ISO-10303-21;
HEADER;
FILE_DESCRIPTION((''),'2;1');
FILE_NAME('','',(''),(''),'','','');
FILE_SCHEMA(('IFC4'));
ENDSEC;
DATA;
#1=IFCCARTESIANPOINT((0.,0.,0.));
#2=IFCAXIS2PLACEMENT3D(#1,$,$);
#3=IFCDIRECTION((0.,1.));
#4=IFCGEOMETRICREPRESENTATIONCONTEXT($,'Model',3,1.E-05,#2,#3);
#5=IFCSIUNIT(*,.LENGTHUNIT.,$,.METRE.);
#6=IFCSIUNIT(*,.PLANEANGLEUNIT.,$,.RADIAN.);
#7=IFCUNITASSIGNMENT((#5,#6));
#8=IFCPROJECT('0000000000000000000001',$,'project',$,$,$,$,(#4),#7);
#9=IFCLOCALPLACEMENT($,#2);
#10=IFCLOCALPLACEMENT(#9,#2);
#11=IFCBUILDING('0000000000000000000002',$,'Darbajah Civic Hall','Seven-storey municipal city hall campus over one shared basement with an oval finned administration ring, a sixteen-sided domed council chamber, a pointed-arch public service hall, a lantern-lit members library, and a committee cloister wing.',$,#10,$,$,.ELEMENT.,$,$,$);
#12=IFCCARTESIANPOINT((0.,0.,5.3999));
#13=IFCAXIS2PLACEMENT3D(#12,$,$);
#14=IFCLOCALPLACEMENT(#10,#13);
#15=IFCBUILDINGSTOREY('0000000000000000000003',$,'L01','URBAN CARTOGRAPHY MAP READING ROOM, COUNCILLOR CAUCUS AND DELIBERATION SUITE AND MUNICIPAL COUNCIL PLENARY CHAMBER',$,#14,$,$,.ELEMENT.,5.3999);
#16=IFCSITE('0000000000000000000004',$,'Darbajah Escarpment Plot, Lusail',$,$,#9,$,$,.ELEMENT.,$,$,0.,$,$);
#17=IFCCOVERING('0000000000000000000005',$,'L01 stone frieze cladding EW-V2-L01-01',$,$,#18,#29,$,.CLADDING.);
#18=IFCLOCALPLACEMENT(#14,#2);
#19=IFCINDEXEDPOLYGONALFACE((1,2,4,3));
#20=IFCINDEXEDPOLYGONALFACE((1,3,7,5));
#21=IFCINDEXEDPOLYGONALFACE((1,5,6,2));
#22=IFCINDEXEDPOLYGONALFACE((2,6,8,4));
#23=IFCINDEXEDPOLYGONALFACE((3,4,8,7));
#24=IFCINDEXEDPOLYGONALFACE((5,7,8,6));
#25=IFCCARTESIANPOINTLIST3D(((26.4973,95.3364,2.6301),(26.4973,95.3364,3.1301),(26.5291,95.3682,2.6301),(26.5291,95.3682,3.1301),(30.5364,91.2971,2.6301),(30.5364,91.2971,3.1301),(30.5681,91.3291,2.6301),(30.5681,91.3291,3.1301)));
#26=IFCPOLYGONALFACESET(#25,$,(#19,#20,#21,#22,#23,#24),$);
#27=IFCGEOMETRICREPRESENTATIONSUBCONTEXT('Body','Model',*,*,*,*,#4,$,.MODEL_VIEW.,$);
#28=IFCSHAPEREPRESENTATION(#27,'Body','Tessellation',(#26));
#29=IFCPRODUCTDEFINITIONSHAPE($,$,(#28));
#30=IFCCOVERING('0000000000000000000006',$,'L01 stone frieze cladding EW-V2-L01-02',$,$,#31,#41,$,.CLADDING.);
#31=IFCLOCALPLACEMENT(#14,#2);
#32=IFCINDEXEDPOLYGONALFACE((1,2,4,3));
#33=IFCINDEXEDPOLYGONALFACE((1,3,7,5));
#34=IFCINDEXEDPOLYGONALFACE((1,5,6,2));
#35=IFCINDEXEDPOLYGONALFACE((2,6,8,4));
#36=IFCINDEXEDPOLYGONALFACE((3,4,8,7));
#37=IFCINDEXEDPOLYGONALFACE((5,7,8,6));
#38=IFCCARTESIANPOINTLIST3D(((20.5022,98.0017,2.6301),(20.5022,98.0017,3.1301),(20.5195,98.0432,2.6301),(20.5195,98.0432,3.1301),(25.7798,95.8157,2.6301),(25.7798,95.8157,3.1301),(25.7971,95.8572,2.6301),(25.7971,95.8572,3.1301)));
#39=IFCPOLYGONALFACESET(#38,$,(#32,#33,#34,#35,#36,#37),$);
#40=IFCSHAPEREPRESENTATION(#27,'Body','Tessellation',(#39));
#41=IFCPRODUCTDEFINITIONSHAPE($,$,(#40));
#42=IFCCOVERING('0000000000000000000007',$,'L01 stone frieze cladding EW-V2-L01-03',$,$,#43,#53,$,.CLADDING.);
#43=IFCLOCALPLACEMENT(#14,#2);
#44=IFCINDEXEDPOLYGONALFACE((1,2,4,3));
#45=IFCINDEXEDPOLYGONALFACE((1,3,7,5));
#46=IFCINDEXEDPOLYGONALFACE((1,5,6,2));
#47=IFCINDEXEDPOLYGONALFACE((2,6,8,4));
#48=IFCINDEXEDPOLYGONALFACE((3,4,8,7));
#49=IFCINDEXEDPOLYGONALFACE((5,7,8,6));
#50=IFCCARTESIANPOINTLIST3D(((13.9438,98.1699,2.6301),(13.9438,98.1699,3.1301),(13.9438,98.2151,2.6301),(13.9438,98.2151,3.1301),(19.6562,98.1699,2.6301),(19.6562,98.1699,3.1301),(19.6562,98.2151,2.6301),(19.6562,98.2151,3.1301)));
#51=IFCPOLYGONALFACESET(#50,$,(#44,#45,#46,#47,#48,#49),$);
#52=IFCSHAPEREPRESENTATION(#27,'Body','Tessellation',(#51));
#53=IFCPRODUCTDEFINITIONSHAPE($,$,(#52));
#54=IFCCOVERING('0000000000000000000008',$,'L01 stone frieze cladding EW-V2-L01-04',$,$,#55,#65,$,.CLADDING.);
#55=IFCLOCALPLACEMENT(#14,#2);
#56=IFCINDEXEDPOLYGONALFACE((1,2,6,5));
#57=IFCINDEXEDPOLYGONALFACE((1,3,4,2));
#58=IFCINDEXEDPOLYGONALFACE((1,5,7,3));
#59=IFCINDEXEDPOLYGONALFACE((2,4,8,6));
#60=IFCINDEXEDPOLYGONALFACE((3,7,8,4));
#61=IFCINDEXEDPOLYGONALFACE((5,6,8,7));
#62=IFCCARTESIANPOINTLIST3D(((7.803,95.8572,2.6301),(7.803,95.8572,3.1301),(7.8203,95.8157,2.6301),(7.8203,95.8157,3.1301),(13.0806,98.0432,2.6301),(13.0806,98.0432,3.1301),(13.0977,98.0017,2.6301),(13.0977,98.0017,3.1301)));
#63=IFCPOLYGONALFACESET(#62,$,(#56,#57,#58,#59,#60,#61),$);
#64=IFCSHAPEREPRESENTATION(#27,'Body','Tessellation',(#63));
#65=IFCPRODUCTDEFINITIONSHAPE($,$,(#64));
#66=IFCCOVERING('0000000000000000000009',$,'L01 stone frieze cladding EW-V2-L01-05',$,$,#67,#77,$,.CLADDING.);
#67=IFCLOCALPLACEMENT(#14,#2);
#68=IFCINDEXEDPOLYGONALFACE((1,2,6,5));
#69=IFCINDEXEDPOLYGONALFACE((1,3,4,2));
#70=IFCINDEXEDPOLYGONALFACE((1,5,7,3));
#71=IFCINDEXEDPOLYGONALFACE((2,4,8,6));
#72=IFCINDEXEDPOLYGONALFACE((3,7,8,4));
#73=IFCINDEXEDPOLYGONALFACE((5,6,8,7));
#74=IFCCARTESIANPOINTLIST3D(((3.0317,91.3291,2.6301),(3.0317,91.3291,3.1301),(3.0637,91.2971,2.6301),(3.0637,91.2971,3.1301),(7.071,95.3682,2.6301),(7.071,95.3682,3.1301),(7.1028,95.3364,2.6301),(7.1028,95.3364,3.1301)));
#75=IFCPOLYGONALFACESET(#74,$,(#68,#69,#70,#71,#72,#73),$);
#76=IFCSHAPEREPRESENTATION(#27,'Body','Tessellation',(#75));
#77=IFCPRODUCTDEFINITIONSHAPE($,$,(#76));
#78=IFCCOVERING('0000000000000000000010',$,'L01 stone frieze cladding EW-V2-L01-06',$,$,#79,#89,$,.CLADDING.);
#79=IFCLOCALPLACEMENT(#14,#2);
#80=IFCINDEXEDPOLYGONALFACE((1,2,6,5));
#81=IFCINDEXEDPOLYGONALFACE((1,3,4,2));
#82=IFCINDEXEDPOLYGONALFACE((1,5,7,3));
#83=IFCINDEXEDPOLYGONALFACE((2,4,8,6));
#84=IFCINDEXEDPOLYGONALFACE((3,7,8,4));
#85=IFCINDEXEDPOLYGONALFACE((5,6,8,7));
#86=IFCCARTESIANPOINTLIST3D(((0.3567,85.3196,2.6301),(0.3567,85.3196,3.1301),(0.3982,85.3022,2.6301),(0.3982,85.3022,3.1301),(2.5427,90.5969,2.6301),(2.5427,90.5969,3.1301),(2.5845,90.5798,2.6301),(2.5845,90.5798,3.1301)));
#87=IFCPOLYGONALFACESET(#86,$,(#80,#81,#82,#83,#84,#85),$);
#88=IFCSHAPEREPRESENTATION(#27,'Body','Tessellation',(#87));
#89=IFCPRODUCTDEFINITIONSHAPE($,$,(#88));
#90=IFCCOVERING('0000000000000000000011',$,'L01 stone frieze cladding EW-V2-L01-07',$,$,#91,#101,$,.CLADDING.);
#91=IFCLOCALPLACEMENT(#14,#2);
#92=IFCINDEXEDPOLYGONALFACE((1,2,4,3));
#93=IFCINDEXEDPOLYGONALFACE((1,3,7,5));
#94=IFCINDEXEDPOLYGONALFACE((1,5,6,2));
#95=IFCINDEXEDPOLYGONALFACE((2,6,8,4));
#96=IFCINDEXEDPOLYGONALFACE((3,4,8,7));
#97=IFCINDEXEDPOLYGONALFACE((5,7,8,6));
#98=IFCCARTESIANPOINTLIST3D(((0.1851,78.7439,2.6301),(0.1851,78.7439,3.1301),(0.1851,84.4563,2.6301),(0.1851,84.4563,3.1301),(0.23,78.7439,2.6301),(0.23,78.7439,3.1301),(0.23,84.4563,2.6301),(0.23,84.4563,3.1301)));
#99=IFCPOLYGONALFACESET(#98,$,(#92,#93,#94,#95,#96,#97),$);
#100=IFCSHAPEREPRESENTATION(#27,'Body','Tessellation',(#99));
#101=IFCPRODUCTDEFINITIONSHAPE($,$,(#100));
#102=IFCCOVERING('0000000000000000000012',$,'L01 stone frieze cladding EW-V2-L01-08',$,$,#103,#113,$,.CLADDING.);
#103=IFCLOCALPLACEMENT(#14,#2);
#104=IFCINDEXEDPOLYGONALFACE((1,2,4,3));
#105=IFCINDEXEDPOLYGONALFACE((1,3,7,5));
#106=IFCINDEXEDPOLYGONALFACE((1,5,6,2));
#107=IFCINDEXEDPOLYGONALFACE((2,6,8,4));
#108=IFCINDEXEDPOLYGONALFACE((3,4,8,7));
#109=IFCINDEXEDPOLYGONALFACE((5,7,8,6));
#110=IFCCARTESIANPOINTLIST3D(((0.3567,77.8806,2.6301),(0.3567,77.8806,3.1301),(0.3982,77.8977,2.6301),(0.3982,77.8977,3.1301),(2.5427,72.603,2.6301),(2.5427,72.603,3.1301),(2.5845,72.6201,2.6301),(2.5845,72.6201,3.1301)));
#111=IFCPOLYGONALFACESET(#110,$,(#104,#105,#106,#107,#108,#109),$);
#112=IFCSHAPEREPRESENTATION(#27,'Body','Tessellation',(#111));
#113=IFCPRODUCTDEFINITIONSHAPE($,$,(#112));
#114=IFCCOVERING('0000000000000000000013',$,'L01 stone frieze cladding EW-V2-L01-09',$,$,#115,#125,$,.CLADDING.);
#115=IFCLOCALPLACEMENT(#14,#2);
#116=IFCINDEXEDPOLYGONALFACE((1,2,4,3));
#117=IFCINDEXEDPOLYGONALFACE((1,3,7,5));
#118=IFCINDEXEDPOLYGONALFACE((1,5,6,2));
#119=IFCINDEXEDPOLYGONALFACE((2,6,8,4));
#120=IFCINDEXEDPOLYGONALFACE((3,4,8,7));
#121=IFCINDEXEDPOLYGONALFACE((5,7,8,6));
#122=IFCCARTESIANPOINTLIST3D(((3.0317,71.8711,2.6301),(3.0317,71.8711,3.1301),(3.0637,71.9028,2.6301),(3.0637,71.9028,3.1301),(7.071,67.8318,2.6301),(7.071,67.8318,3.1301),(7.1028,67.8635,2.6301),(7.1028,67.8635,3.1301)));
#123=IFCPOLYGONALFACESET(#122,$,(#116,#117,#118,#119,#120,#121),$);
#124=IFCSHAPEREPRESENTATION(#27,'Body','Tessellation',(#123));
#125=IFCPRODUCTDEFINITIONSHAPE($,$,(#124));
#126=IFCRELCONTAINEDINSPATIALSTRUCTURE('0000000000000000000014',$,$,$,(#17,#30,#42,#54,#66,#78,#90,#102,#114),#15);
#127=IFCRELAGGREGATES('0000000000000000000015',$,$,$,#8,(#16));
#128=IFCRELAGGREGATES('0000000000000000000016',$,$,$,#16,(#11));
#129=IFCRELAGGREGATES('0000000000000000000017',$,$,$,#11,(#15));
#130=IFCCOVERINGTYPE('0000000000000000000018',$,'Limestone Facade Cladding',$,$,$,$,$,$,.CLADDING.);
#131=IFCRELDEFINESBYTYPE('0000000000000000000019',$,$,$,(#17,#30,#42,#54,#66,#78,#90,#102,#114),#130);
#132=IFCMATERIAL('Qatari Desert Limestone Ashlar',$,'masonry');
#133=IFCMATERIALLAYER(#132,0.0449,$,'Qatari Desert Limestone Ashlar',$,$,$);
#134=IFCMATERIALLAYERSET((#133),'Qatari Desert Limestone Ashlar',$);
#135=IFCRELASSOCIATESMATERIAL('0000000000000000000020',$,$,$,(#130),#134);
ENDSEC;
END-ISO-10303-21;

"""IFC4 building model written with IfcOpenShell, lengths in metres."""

from ifc_helpers import new_model, si_unit, direction, frame, origin, place, context, subcontext, project, spatial, polyline, outline, extrude, material, layer, layer_set, type_object, element, save


model = new_model("IFC4")

# Units and contexts
model_context = context("Model", 3, precision=1e-05, world=origin(), true_north=direction((0.0, 1.0)))
body_context = subcontext(model_context, "Body", "Model", "MODEL_VIEW")
ifc_project = project(units=[si_unit("LENGTHUNIT", "METRE"), si_unit("PLANEANGLEUNIT", "RADIAN")], contexts=[model_context])

# Site, building, storey
site_placement = place(None, origin())
site = spatial("IfcSite", under=ifc_project, at=site_placement, Name="Darbajah Escarpment Plot, Lusail", CompositionType="ELEMENT", RefElevation=0.0)
building_placement = place(site_placement, origin())
building = spatial("IfcBuilding", under=site, at=building_placement, Name="Darbajah Civic Hall", Description="Seven-storey municipal city hall campus over one shared basement with an oval finned administration ring, a sixteen-sided domed council chamber, a pointed-arch public service hall, a lantern-lit members library, and a committee cloister wing.", CompositionType="ELEMENT")
storey_placement = place(building_placement, frame((0.0, 0.0, 5.3999)))
storey = spatial("IfcBuildingStorey", under=building, at=storey_placement, Name="L01", Description="URBAN CARTOGRAPHY MAP READING ROOM, COUNCILLOR CAUCUS AND DELIBERATION SUITE AND MUNICIPAL COUNCIL PLENARY CHAMBER", CompositionType="ELEMENT", Elevation=5.3999)

# Coverings
ifc_material_1 = material(Name="Qatari Desert Limestone Ashlar", Category="masonry")
ifc_layer_1 = layer(ifc_material_1, 0.0449, Name="Qatari Desert Limestone Ashlar")
ifc_layer_set_1 = layer_set([ifc_layer_1], Name="Qatari Desert Limestone Ashlar")
covering_type_1 = type_object("IfcCoveringType", Name="Limestone Facade Cladding", PredefinedType="CLADDING", material=ifc_layer_set_1)
covering_1_placement = place(storey_placement, frame((0.0, 0.0, 2.6301)))
element("IfcCovering", 1, at=covering_1_placement, inside=storey, type_object=covering_type_1, Name="L01 stone frieze cladding EW-V2-L01-01", PredefinedType="CLADDING", context=body_context, shape_type="SweptSolid", body=[
    extrude(outline(polyline([(30.5364, 91.2971), (26.4973, 95.3364), (26.5291, 95.3682), (30.5681, 91.3291), (30.5364, 91.2971)])), origin(), (0.0, 0.0, 1.0), 0.5),
])
covering_2_placement = place(storey_placement, frame((0.0, 0.0, 2.6301)))
element("IfcCovering", 2, at=covering_2_placement, inside=storey, type_object=covering_type_1, Name="L01 stone frieze cladding EW-V2-L01-02", PredefinedType="CLADDING", context=body_context, shape_type="SweptSolid", body=[
    extrude(outline(polyline([(25.7798, 95.8157), (20.5022, 98.0017), (20.5195, 98.0432), (25.7971, 95.8572), (25.7798, 95.8157)])), origin(), (0.0, 0.0, 1.0), 0.5),
])
covering_3_placement = place(storey_placement, frame((0.0, 0.0, 2.6301)))
element("IfcCovering", 3, at=covering_3_placement, inside=storey, type_object=covering_type_1, Name="L01 stone frieze cladding EW-V2-L01-03", PredefinedType="CLADDING", context=body_context, shape_type="SweptSolid", body=[
    extrude(outline(polyline([(19.6562, 98.1699), (13.9438, 98.1699), (13.9438, 98.2151), (19.6562, 98.2151), (19.6562, 98.1699)])), origin(), (0.0, 0.0, 1.0), 0.5),
])
covering_4_placement = place(storey_placement, frame((0.0, 0.0, 2.6301)))
element("IfcCovering", 4, at=covering_4_placement, inside=storey, type_object=covering_type_1, Name="L01 stone frieze cladding EW-V2-L01-04", PredefinedType="CLADDING", context=body_context, shape_type="SweptSolid", body=[
    extrude(outline(polyline([(13.0977, 98.0017), (7.8203, 95.8157), (7.803, 95.8572), (13.0806, 98.0432), (13.0977, 98.0017)])), origin(), (0.0, 0.0, 1.0), 0.5),
])
covering_5_placement = place(storey_placement, frame((0.0, 0.0, 2.6301)))
element("IfcCovering", 5, at=covering_5_placement, inside=storey, type_object=covering_type_1, Name="L01 stone frieze cladding EW-V2-L01-05", PredefinedType="CLADDING", context=body_context, shape_type="SweptSolid", body=[
    extrude(outline(polyline([(7.1028, 95.3364), (3.0637, 91.2971), (3.0317, 91.3291), (7.071, 95.3682), (7.1028, 95.3364)])), origin(), (0.0, 0.0, 1.0), 0.5),
])
covering_6_placement = place(storey_placement, frame((0.0, 0.0, 2.6301)))
element("IfcCovering", 6, at=covering_6_placement, inside=storey, type_object=covering_type_1, Name="L01 stone frieze cladding EW-V2-L01-06", PredefinedType="CLADDING", context=body_context, shape_type="SweptSolid", body=[
    extrude(outline(polyline([(2.5845, 90.5798), (0.3982, 85.3022), (0.3567, 85.3196), (2.5427, 90.5969), (2.5845, 90.5798)])), origin(), (0.0, 0.0, 1.0), 0.5),
])
covering_7_placement = place(storey_placement, frame((0.0, 0.0, 2.6301)))
element("IfcCovering", 7, at=covering_7_placement, inside=storey, type_object=covering_type_1, Name="L01 stone frieze cladding EW-V2-L01-07", PredefinedType="CLADDING", context=body_context, shape_type="SweptSolid", body=[
    extrude(outline(polyline([(0.23, 84.4563), (0.23, 78.7439), (0.1851, 78.7439), (0.1851, 84.4563), (0.23, 84.4563)])), origin(), (0.0, 0.0, 1.0), 0.5),
])
covering_8_placement = place(storey_placement, frame((0.0, 0.0, 2.6301)))
element("IfcCovering", 8, at=covering_8_placement, inside=storey, type_object=covering_type_1, Name="L01 stone frieze cladding EW-V2-L01-08", PredefinedType="CLADDING", context=body_context, shape_type="SweptSolid", body=[
    extrude(outline(polyline([(0.3982, 77.8977), (2.5845, 72.6201), (2.5427, 72.603), (0.3567, 77.8806), (0.3982, 77.8977)])), origin(), (0.0, 0.0, 1.0), 0.5),
])
covering_9_placement = place(storey_placement, frame((0.0, 0.0, 2.6301)))
element("IfcCovering", 9, at=covering_9_placement, inside=storey, type_object=covering_type_1, Name="L01 stone frieze cladding EW-V2-L01-09", PredefinedType="CLADDING", context=body_context, shape_type="SweptSolid", body=[
    extrude(outline(polyline([(3.0637, 71.9028), (7.1028, 67.8635), (7.071, 67.8318), (3.0317, 71.8711), (3.0637, 71.9028)])), origin(), (0.0, 0.0, 1.0), 0.5),
])

save(model, "model.ifc")
